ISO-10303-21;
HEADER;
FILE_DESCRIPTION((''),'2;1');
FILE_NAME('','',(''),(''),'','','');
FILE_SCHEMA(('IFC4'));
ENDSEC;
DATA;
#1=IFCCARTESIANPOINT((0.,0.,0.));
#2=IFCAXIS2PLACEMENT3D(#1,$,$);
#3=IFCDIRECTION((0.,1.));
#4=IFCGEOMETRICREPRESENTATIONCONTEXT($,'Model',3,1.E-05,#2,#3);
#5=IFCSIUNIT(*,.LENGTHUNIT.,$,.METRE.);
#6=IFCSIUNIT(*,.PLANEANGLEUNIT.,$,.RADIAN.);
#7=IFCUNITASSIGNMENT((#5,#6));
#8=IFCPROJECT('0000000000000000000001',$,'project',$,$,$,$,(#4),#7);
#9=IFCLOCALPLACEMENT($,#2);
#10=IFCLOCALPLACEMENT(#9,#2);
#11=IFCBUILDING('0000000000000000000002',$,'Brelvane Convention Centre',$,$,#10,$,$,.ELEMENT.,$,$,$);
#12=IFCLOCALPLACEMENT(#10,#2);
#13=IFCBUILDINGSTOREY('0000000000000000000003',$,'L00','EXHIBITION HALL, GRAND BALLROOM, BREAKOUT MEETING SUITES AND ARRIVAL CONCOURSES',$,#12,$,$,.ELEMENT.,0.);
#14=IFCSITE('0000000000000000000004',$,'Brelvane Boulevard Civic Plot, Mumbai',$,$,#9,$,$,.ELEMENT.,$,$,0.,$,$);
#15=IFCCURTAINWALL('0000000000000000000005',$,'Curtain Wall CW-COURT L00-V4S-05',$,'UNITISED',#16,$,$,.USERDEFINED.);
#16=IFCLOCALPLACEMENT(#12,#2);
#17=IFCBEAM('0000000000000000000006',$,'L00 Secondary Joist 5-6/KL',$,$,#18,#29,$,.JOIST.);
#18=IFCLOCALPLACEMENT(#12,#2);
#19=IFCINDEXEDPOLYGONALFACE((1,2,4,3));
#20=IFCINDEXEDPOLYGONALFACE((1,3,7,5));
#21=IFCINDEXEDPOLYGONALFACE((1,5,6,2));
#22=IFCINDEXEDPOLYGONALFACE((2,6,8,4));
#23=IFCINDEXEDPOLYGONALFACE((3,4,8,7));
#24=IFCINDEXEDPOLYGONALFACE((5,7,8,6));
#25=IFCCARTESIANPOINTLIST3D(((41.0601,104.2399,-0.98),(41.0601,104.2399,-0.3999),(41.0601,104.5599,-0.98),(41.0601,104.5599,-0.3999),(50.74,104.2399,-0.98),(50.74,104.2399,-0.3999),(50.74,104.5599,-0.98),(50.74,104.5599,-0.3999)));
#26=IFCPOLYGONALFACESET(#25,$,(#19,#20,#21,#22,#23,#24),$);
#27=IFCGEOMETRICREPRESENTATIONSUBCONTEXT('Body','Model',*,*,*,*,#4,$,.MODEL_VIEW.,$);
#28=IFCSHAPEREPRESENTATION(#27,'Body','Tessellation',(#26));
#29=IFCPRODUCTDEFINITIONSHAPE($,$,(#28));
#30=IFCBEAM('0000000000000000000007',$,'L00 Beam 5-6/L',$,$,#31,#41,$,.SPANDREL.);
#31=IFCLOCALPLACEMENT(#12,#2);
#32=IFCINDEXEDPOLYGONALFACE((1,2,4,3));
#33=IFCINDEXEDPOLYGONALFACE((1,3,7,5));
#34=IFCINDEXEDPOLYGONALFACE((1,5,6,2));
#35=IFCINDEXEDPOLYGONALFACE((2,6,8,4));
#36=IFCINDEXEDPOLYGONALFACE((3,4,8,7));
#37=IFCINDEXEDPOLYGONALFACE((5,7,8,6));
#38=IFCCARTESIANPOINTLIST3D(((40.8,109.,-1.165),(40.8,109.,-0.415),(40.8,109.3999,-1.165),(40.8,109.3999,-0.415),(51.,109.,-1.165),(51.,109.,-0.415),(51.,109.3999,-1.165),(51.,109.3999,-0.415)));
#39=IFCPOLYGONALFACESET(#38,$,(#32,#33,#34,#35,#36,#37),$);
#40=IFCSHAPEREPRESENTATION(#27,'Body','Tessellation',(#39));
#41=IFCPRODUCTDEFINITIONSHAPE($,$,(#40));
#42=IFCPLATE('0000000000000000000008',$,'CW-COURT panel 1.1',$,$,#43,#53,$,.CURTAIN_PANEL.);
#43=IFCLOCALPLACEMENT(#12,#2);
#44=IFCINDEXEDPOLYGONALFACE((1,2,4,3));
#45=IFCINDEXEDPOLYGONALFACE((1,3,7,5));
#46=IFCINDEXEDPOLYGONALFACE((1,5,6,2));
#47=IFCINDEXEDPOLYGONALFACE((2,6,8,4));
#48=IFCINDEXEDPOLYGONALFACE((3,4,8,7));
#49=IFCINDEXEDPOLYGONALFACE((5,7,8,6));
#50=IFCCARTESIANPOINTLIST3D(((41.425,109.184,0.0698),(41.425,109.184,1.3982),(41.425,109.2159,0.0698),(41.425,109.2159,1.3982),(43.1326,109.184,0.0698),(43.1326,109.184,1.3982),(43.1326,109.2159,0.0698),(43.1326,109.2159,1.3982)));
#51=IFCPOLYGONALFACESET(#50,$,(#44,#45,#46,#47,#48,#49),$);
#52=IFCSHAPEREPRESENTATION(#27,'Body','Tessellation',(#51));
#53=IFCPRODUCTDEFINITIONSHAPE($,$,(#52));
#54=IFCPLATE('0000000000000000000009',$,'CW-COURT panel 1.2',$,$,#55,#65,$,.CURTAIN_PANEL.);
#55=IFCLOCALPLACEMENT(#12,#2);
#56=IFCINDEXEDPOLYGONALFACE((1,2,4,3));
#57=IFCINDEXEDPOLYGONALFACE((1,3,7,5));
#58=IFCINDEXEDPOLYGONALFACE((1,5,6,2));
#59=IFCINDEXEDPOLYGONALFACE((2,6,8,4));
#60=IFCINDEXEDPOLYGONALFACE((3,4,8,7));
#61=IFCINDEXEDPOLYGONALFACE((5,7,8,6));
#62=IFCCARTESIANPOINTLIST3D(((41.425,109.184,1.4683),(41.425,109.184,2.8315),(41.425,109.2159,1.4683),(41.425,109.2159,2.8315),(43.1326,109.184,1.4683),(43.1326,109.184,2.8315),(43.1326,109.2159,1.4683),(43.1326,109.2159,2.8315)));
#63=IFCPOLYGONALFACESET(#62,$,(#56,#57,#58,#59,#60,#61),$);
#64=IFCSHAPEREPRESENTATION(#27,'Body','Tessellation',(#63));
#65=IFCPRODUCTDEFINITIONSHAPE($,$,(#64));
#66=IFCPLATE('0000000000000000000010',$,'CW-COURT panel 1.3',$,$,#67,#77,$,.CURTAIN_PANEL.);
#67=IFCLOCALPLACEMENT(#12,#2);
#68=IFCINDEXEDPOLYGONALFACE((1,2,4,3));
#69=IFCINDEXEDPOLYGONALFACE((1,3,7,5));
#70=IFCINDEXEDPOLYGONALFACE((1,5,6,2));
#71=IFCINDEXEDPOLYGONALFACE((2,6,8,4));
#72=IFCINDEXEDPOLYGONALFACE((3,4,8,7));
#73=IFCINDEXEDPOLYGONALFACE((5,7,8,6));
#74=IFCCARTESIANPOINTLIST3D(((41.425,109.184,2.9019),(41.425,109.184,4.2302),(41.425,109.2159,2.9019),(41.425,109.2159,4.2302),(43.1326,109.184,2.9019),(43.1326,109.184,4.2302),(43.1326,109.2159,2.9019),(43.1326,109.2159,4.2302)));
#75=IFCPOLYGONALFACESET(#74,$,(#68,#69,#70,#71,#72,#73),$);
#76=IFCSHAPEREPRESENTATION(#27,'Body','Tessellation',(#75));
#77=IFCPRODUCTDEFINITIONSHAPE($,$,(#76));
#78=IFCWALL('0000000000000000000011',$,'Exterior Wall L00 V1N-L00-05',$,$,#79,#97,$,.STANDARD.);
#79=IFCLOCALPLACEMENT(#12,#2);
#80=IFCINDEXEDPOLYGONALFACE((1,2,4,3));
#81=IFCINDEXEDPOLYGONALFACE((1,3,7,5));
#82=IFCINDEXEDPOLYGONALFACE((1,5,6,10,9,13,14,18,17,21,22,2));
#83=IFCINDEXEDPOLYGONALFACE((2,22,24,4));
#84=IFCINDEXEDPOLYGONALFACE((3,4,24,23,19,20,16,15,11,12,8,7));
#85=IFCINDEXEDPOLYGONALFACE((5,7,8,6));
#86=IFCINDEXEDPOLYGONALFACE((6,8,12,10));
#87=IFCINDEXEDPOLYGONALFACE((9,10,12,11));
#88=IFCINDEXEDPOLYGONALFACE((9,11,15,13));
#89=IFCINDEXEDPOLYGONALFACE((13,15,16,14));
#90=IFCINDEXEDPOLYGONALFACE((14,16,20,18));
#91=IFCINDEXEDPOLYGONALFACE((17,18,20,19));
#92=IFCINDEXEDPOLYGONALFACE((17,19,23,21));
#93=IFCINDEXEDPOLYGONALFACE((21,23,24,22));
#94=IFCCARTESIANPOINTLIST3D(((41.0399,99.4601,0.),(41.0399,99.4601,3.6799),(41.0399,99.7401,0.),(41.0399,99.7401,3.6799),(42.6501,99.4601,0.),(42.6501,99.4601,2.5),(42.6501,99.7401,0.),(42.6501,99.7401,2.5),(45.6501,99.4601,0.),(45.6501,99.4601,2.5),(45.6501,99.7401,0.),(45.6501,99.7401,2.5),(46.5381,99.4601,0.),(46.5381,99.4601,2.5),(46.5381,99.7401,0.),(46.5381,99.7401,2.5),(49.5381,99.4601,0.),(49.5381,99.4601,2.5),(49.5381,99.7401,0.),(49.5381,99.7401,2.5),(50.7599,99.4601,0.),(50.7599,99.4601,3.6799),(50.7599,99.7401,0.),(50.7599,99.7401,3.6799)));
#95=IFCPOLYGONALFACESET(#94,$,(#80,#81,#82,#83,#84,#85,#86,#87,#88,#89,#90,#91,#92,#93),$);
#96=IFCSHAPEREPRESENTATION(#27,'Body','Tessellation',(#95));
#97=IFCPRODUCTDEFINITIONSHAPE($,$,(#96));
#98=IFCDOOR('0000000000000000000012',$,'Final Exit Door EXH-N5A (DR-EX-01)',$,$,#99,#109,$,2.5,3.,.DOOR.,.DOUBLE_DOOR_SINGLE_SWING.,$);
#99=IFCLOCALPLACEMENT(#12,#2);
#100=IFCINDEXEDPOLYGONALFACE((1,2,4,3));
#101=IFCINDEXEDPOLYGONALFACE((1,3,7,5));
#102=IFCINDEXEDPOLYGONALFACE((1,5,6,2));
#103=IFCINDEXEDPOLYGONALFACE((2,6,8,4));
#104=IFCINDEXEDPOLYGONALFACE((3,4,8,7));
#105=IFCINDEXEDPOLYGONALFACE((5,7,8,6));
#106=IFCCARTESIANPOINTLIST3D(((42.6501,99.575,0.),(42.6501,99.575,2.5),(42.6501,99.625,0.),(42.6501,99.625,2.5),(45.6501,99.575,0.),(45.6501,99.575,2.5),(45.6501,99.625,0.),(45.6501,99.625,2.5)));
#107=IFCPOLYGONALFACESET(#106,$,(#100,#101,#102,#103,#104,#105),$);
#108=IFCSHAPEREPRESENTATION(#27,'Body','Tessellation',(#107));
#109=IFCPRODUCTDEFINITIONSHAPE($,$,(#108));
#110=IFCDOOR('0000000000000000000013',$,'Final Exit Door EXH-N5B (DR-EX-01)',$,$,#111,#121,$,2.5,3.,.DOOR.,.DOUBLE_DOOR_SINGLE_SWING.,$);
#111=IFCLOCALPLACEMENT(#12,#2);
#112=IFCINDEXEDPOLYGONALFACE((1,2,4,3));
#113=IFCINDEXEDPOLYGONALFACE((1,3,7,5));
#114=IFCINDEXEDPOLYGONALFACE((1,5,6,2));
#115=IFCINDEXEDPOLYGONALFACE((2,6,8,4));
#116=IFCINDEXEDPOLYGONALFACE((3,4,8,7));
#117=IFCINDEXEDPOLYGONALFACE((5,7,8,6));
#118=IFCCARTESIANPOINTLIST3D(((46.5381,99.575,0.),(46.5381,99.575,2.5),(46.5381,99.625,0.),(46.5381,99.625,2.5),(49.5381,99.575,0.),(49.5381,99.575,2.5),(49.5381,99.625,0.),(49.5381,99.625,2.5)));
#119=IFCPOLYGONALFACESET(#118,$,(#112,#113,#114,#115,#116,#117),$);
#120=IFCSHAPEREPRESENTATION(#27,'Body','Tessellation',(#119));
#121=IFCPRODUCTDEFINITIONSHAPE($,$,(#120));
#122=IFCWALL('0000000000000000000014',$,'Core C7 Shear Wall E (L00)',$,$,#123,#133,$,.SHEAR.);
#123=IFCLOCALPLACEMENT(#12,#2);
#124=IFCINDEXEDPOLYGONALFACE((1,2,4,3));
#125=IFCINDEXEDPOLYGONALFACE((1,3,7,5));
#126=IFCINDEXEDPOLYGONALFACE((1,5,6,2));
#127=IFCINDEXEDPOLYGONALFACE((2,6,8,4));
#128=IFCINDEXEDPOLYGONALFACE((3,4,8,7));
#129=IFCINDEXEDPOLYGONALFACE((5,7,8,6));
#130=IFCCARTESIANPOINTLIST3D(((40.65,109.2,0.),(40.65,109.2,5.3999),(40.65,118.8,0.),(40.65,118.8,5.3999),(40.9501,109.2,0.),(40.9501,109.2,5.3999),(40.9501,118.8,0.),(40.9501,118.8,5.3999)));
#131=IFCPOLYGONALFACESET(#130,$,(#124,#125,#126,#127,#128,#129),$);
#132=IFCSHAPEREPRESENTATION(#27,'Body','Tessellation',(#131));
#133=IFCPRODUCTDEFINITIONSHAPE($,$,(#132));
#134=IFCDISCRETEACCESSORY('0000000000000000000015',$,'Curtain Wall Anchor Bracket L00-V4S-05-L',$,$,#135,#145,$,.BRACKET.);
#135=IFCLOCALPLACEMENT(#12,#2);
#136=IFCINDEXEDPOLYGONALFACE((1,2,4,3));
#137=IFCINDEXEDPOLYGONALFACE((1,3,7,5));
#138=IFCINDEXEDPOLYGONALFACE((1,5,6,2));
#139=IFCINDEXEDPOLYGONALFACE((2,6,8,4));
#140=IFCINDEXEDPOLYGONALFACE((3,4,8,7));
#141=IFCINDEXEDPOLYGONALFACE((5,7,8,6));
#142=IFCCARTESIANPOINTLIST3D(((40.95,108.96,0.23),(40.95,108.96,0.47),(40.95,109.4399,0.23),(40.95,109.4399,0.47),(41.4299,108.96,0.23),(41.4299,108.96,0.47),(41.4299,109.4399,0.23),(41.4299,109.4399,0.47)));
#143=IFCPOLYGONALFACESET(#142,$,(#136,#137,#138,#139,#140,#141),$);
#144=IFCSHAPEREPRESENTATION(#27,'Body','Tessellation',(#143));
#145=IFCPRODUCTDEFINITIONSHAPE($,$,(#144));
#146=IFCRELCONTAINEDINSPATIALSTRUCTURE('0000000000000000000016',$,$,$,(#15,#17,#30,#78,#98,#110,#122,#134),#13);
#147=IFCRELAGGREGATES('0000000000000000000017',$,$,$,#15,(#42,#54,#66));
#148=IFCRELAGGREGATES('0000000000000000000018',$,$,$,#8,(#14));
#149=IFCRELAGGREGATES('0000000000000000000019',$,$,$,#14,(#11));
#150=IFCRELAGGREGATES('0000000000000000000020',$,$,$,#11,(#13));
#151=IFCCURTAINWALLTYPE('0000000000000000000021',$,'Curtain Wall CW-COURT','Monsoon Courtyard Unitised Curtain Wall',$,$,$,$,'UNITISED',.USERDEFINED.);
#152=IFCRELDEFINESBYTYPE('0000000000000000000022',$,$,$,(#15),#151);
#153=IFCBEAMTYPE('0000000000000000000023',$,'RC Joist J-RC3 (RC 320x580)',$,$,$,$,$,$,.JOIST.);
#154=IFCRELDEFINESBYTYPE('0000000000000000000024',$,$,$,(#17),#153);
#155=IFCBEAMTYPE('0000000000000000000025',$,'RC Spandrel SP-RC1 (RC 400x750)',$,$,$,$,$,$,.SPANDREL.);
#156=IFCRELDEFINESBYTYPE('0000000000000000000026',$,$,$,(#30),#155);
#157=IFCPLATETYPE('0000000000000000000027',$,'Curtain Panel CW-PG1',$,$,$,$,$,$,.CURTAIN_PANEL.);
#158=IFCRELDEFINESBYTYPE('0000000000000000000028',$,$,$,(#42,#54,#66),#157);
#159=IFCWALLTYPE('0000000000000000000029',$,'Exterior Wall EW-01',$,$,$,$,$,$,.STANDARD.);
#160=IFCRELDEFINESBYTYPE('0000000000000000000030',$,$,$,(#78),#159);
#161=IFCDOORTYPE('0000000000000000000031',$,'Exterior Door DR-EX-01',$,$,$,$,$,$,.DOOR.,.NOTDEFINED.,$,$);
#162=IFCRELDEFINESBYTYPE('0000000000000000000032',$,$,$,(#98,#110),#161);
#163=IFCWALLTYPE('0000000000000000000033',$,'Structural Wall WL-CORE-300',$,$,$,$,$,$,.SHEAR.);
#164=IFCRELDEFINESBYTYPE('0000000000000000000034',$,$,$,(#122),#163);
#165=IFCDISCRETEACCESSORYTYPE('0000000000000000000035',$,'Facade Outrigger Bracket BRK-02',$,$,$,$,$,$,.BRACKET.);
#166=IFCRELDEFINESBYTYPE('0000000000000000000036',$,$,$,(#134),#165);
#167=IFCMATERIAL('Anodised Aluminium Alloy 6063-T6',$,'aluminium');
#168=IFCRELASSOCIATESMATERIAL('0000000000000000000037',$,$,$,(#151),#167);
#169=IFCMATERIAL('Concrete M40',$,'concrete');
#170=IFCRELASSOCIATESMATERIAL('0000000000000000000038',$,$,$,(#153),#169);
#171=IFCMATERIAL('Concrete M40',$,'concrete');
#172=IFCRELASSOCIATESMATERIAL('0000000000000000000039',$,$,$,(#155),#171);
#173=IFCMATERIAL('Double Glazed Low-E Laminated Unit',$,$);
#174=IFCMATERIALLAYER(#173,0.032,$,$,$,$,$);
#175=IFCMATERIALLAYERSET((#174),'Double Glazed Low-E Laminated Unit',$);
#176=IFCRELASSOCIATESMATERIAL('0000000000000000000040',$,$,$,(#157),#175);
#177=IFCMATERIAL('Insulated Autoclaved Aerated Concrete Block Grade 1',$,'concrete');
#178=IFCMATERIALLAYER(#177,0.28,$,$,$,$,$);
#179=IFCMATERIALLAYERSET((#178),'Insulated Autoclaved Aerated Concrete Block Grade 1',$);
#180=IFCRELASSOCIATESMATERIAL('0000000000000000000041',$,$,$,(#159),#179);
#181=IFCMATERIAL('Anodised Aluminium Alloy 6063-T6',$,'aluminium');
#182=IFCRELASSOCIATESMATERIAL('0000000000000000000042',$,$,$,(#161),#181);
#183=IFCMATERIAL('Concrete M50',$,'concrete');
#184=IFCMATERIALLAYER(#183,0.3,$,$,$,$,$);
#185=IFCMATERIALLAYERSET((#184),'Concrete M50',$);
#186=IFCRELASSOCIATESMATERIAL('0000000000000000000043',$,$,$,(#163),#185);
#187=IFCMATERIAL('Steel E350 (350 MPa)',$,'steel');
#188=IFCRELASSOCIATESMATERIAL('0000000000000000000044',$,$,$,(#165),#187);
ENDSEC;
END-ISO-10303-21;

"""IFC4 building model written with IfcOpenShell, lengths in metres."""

from ifc_helpers import new_model, si_unit, direction, frame, frame_2d, origin, origin_2d, place, context, subcontext, project, spatial, rectangle, extrude, material, layer, layer_set, material_profile, profile_set, type_object, element, fill, aggregate, save


model = new_model("IFC4")

# Units and contexts
model_context = context("Model", 3, precision=1e-05, world=origin(), true_north=direction((0.0, 1.0)))
body_context = subcontext(model_context, "Body", "Model", "MODEL_VIEW")
ifc_project = project(units=[si_unit("LENGTHUNIT", "METRE"), si_unit("PLANEANGLEUNIT", "RADIAN")], contexts=[model_context])

# Site, building, storey
site_placement = place(None, origin())
site = spatial("IfcSite", under=ifc_project, at=site_placement, Name="Brelvane Boulevard Civic Plot, Mumbai", CompositionType="ELEMENT", RefElevation=0.0)
building_placement = place(site_placement, origin())
building = spatial("IfcBuilding", under=site, at=building_placement, Name="Brelvane Convention Centre", CompositionType="ELEMENT")
storey_placement = place(building_placement, origin())
storey = spatial("IfcBuildingStorey", under=building, at=storey_placement, Name="L00", Description="EXHIBITION HALL, GRAND BALLROOM, BREAKOUT MEETING SUITES AND ARRIVAL CONCOURSES", CompositionType="ELEMENT", Elevation=0.0)

# Curtain wall
ifc_material_1 = material(Name="Anodised Aluminium Alloy 6063-T6", Category="aluminium")
curtain_wall_type = type_object("IfcCurtainWallType", Name="Curtain Wall CW-COURT", Description="Monsoon Courtyard Unitised Curtain Wall", ElementType="UNITISED", PredefinedType="USERDEFINED", material=ifc_material_1)
curtain_wall_placement = place(storey_placement, origin())
curtain_wall = element("IfcCurtainWall", 1, at=curtain_wall_placement, inside=storey, type_object=curtain_wall_type, Name="Curtain Wall CW-COURT L00-V4S-05", ObjectType="UNITISED", PredefinedType="USERDEFINED")

# Beams
ifc_material_2 = material(Name="Concrete M40", Category="concrete")
ifc_material_profile_1 = material_profile(ifc_material_2, rectangle(XDim=0.3201, YDim=0.5801, at=origin_2d()), Name="RC 320x580")
ifc_profile_set_1 = profile_set([ifc_material_profile_1], Name="Concrete M40")
beam_type_1 = type_object("IfcBeamType", Name="RC Joist J-RC3 (RC 320x580)", PredefinedType="JOIST", material=ifc_profile_set_1)
for number, where, z_axis, x_axis, name in (
    (2, (41.0601, 104.3999, -0.6899), (1.0, 0.0, 0.0), (0.0, 1.0, 0.0), "L00 Secondary Joist 5-6/KL"),
):
    element("IfcBeam", number, at=place(storey_placement, frame(where, z_axis=z_axis, x_axis=x_axis)), inside=storey, type_object=beam_type_1, Name=name, PredefinedType="JOIST", context=body_context, shape_type="SweptSolid", body=[
        extrude(rectangle(XDim=0.3201, YDim=0.5801, at=origin_2d()), origin(), (0.0, 0.0, 1.0), 9.6799),
    ])
ifc_material_3 = material(Name="Concrete M40", Category="concrete")
ifc_material_profile_2 = material_profile(ifc_material_3, rectangle(XDim=0.3999, YDim=0.75, at=origin_2d()), Name="RC 400x750")
ifc_profile_set_2 = profile_set([ifc_material_profile_2], Name="Concrete M40")
beam_type_2 = type_object("IfcBeamType", Name="RC Spandrel SP-RC1 (RC 400x750)", PredefinedType="SPANDREL", material=ifc_profile_set_2)
beam_1_placement = place(storey_placement, frame((40.8, 109.2, -0.79), z_axis=(1.0, 0.0, 0.0), x_axis=(0.0, 1.0, 0.0)))
element("IfcBeam", 3, at=beam_1_placement, inside=storey, type_object=beam_type_2, Name="L00 Beam 5-6/L", PredefinedType="SPANDREL", context=body_context, shape_type="SweptSolid", body=[
    extrude(rectangle(XDim=0.3999, YDim=0.75, at=origin_2d()), origin(), (0.0, 0.0, 1.0), 10.2),
])

# Plates
ifc_material_4 = material(Name="Double Glazed Low-E Laminated Unit")
ifc_layer_1 = layer(ifc_material_4, 0.032)
ifc_layer_set_1 = layer_set([ifc_layer_1], Name="Double Glazed Low-E Laminated Unit")
plate_type = type_object("IfcPlateType", Name="Curtain Panel CW-PG1", PredefinedType="CURTAIN_PANEL", material=ifc_layer_set_1)
plate_1_placement = place(storey_placement, frame((42.2788, 109.2, 0.0698), z_axis=(0.0, 0.0, 1.0), x_axis=(1.0, 0.0, 0.0)))
plate_1 = element("IfcPlate", 4, at=plate_1_placement, type_object=plate_type, Name="CW-COURT panel 1.1", PredefinedType="CURTAIN_PANEL", context=body_context, shape_type="SweptSolid", body=[
    extrude(rectangle(XDim=1.7075, YDim=0.032, at=origin_2d()), origin(), (0.0, 0.0, 1.0), 1.3284),
])
plate_2_placement = place(storey_placement, frame((42.2788, 109.2, 1.4683), z_axis=(0.0, 0.0, 1.0), x_axis=(1.0, 0.0, 0.0)))
plate_2 = element("IfcPlate", 5, at=plate_2_placement, type_object=plate_type, Name="CW-COURT panel 1.2", PredefinedType="CURTAIN_PANEL", context=body_context, shape_type="SweptSolid", body=[
    extrude(rectangle(XDim=1.7075, YDim=0.032, at=origin_2d()), origin(), (0.0, 0.0, 1.0), 1.3633),
])
plate_3_placement = place(storey_placement, frame((42.2788, 109.2, 2.9019), z_axis=(0.0, 0.0, 1.0), x_axis=(1.0, 0.0, 0.0)))
plate_3 = element("IfcPlate", 6, at=plate_3_placement, type_object=plate_type, Name="CW-COURT panel 1.3", PredefinedType="CURTAIN_PANEL", context=body_context, shape_type="SweptSolid", body=[
    extrude(rectangle(XDim=1.7075, YDim=0.032, at=origin_2d()), origin(), (0.0, 0.0, 1.0), 1.3284),
])
aggregate(curtain_wall, [plate_1, plate_2, plate_3])

# Wall, openings, doors
ifc_material_5 = material(Name="Insulated Autoclaved Aerated Concrete Block Grade 1", Category="concrete")
ifc_layer_2 = layer(ifc_material_5, 0.28)
ifc_layer_set_2 = layer_set([ifc_layer_2], Name="Insulated Autoclaved Aerated Concrete Block Grade 1")
wall_type_1 = type_object("IfcWallType", Name="Exterior Wall EW-01", PredefinedType="STANDARD", material=ifc_layer_set_2)
wall_1_placement = place(storey_placement, frame((41.04, 99.6001, 0.0), z_axis=(0.0, 0.0, 1.0), x_axis=(1.0, 0.0, 0.0)))
wall_1 = element("IfcWall", 7, at=wall_1_placement, inside=storey, type_object=wall_type_1, Name="Exterior Wall L00 V1N-L00-05", PredefinedType="STANDARD", context=body_context, shape_type="SweptSolid", body=[
    extrude(rectangle(XDim=9.72, YDim=0.28, at=frame_2d((4.8599, 0.0))), origin(), (0.0, 0.0, 1.0), 3.6799),
])
opening_1_placement = place(wall_1_placement, frame((1.6101, 0.0, 0.0)))
opening_1 = element("IfcOpeningElement", 8, at=opening_1_placement, cuts=wall_1, PredefinedType="OPENING", context=body_context, shape_type="SweptSolid", body=[
    extrude(rectangle(XDim=3.0, YDim=2.5, at=frame_2d((1.5, 1.25))), frame((0.0, 0.1499, 0.0), z_axis=(0.0, -1.0, 0.0), x_axis=(1.0, 0.0, 0.0)), (0.0, 0.0, 1.0), 0.3),
])
opening_2_placement = place(wall_1_placement, frame((5.498, 0.0, 0.0)))
opening_2 = element("IfcOpeningElement", 9, at=opening_2_placement, cuts=wall_1, PredefinedType="OPENING", context=body_context, shape_type="SweptSolid", body=[
    extrude(rectangle(XDim=3.0, YDim=2.5, at=frame_2d((1.5, 1.25))), frame((0.0, 0.1499, 0.0), z_axis=(0.0, -1.0, 0.0), x_axis=(1.0, 0.0, 0.0)), (0.0, 0.0, 1.0), 0.3),
])
ifc_material_6 = material(Name="Anodised Aluminium Alloy 6063-T6", Category="aluminium")
door_type = type_object("IfcDoorType", Name="Exterior Door DR-EX-01", OperationType="NOTDEFINED", PredefinedType="DOOR", material=ifc_material_6)
door_1_placement = place(opening_1_placement, origin())
door_1 = element("IfcDoor", 10, at=door_1_placement, inside=storey, type_object=door_type, Name="Final Exit Door EXH-N5A (DR-EX-01)", OperationType="DOUBLE_DOOR_SINGLE_SWING", OverallHeight=2.5, OverallWidth=3.0, PredefinedType="DOOR", context=body_context, shape_type="SweptSolid", body=[
    extrude(rectangle(XDim=3.0, YDim=2.5, at=frame_2d((1.5, 1.25))), frame((0.0, 0.0249, 0.0), z_axis=(0.0, -1.0, 0.0), x_axis=(1.0, 0.0, 0.0)), (0.0, 0.0, 1.0), 0.05),
])
fill(opening_1, door_1)
door_2_placement = place(opening_2_placement, origin())
door_2 = element("IfcDoor", 11, at=door_2_placement, inside=storey, type_object=door_type, Name="Final Exit Door EXH-N5B (DR-EX-01)", OperationType="DOUBLE_DOOR_SINGLE_SWING", OverallHeight=2.5, OverallWidth=3.0, PredefinedType="DOOR", context=body_context, shape_type="SweptSolid", body=[
    extrude(rectangle(XDim=3.0, YDim=2.5, at=frame_2d((1.5, 1.25))), frame((0.0, 0.0249, 0.0), z_axis=(0.0, -1.0, 0.0), x_axis=(1.0, 0.0, 0.0)), (0.0, 0.0, 1.0), 0.05),
])
fill(opening_2, door_2)

# Wall
ifc_material_7 = material(Name="Concrete M50", Category="concrete")
ifc_layer_3 = layer(ifc_material_7, 0.3)
ifc_layer_set_3 = layer_set([ifc_layer_3], Name="Concrete M50")
wall_type_2 = type_object("IfcWallType", Name="Structural Wall WL-CORE-300", PredefinedType="SHEAR", material=ifc_layer_set_3)
wall_2_placement = place(storey_placement, frame((40.8, 109.2, 0.0), z_axis=(0.0, 0.0, 1.0), x_axis=(0.0, 1.0, 0.0)))
element("IfcWall", 12, at=wall_2_placement, inside=storey, type_object=wall_type_2, Name="Core C7 Shear Wall E (L00)", PredefinedType="SHEAR", context=body_context, shape_type="SweptSolid", body=[
    extrude(rectangle(XDim=9.6001, YDim=0.3, at=frame_2d((4.8, 0.0))), origin(), (0.0, 0.0, 1.0), 5.3999),
])

# Discrete accessory
ifc_material_8 = material(Name="Steel E350 (350 MPa)", Category="steel")
discrete_accessory_type = type_object("IfcDiscreteAccessoryType", Name="Facade Outrigger Bracket BRK-02", PredefinedType="BRACKET", material=ifc_material_8)
discrete_accessory_placement = place(storey_placement, frame((41.1899, 109.2, 0.23), z_axis=(0.0, 0.0, 1.0), x_axis=(1.0, 0.0, 0.0)))
element("IfcDiscreteAccessory", 13, at=discrete_accessory_placement, inside=storey, type_object=discrete_accessory_type, Name="Curtain Wall Anchor Bracket L00-V4S-05-L", PredefinedType="BRACKET", context=body_context, shape_type="SweptSolid", body=[
    extrude(rectangle(XDim=0.48, YDim=0.48, at=origin_2d()), origin(), (0.0, 0.0, 1.0), 0.24),
])

save(model, "model.ifc")
